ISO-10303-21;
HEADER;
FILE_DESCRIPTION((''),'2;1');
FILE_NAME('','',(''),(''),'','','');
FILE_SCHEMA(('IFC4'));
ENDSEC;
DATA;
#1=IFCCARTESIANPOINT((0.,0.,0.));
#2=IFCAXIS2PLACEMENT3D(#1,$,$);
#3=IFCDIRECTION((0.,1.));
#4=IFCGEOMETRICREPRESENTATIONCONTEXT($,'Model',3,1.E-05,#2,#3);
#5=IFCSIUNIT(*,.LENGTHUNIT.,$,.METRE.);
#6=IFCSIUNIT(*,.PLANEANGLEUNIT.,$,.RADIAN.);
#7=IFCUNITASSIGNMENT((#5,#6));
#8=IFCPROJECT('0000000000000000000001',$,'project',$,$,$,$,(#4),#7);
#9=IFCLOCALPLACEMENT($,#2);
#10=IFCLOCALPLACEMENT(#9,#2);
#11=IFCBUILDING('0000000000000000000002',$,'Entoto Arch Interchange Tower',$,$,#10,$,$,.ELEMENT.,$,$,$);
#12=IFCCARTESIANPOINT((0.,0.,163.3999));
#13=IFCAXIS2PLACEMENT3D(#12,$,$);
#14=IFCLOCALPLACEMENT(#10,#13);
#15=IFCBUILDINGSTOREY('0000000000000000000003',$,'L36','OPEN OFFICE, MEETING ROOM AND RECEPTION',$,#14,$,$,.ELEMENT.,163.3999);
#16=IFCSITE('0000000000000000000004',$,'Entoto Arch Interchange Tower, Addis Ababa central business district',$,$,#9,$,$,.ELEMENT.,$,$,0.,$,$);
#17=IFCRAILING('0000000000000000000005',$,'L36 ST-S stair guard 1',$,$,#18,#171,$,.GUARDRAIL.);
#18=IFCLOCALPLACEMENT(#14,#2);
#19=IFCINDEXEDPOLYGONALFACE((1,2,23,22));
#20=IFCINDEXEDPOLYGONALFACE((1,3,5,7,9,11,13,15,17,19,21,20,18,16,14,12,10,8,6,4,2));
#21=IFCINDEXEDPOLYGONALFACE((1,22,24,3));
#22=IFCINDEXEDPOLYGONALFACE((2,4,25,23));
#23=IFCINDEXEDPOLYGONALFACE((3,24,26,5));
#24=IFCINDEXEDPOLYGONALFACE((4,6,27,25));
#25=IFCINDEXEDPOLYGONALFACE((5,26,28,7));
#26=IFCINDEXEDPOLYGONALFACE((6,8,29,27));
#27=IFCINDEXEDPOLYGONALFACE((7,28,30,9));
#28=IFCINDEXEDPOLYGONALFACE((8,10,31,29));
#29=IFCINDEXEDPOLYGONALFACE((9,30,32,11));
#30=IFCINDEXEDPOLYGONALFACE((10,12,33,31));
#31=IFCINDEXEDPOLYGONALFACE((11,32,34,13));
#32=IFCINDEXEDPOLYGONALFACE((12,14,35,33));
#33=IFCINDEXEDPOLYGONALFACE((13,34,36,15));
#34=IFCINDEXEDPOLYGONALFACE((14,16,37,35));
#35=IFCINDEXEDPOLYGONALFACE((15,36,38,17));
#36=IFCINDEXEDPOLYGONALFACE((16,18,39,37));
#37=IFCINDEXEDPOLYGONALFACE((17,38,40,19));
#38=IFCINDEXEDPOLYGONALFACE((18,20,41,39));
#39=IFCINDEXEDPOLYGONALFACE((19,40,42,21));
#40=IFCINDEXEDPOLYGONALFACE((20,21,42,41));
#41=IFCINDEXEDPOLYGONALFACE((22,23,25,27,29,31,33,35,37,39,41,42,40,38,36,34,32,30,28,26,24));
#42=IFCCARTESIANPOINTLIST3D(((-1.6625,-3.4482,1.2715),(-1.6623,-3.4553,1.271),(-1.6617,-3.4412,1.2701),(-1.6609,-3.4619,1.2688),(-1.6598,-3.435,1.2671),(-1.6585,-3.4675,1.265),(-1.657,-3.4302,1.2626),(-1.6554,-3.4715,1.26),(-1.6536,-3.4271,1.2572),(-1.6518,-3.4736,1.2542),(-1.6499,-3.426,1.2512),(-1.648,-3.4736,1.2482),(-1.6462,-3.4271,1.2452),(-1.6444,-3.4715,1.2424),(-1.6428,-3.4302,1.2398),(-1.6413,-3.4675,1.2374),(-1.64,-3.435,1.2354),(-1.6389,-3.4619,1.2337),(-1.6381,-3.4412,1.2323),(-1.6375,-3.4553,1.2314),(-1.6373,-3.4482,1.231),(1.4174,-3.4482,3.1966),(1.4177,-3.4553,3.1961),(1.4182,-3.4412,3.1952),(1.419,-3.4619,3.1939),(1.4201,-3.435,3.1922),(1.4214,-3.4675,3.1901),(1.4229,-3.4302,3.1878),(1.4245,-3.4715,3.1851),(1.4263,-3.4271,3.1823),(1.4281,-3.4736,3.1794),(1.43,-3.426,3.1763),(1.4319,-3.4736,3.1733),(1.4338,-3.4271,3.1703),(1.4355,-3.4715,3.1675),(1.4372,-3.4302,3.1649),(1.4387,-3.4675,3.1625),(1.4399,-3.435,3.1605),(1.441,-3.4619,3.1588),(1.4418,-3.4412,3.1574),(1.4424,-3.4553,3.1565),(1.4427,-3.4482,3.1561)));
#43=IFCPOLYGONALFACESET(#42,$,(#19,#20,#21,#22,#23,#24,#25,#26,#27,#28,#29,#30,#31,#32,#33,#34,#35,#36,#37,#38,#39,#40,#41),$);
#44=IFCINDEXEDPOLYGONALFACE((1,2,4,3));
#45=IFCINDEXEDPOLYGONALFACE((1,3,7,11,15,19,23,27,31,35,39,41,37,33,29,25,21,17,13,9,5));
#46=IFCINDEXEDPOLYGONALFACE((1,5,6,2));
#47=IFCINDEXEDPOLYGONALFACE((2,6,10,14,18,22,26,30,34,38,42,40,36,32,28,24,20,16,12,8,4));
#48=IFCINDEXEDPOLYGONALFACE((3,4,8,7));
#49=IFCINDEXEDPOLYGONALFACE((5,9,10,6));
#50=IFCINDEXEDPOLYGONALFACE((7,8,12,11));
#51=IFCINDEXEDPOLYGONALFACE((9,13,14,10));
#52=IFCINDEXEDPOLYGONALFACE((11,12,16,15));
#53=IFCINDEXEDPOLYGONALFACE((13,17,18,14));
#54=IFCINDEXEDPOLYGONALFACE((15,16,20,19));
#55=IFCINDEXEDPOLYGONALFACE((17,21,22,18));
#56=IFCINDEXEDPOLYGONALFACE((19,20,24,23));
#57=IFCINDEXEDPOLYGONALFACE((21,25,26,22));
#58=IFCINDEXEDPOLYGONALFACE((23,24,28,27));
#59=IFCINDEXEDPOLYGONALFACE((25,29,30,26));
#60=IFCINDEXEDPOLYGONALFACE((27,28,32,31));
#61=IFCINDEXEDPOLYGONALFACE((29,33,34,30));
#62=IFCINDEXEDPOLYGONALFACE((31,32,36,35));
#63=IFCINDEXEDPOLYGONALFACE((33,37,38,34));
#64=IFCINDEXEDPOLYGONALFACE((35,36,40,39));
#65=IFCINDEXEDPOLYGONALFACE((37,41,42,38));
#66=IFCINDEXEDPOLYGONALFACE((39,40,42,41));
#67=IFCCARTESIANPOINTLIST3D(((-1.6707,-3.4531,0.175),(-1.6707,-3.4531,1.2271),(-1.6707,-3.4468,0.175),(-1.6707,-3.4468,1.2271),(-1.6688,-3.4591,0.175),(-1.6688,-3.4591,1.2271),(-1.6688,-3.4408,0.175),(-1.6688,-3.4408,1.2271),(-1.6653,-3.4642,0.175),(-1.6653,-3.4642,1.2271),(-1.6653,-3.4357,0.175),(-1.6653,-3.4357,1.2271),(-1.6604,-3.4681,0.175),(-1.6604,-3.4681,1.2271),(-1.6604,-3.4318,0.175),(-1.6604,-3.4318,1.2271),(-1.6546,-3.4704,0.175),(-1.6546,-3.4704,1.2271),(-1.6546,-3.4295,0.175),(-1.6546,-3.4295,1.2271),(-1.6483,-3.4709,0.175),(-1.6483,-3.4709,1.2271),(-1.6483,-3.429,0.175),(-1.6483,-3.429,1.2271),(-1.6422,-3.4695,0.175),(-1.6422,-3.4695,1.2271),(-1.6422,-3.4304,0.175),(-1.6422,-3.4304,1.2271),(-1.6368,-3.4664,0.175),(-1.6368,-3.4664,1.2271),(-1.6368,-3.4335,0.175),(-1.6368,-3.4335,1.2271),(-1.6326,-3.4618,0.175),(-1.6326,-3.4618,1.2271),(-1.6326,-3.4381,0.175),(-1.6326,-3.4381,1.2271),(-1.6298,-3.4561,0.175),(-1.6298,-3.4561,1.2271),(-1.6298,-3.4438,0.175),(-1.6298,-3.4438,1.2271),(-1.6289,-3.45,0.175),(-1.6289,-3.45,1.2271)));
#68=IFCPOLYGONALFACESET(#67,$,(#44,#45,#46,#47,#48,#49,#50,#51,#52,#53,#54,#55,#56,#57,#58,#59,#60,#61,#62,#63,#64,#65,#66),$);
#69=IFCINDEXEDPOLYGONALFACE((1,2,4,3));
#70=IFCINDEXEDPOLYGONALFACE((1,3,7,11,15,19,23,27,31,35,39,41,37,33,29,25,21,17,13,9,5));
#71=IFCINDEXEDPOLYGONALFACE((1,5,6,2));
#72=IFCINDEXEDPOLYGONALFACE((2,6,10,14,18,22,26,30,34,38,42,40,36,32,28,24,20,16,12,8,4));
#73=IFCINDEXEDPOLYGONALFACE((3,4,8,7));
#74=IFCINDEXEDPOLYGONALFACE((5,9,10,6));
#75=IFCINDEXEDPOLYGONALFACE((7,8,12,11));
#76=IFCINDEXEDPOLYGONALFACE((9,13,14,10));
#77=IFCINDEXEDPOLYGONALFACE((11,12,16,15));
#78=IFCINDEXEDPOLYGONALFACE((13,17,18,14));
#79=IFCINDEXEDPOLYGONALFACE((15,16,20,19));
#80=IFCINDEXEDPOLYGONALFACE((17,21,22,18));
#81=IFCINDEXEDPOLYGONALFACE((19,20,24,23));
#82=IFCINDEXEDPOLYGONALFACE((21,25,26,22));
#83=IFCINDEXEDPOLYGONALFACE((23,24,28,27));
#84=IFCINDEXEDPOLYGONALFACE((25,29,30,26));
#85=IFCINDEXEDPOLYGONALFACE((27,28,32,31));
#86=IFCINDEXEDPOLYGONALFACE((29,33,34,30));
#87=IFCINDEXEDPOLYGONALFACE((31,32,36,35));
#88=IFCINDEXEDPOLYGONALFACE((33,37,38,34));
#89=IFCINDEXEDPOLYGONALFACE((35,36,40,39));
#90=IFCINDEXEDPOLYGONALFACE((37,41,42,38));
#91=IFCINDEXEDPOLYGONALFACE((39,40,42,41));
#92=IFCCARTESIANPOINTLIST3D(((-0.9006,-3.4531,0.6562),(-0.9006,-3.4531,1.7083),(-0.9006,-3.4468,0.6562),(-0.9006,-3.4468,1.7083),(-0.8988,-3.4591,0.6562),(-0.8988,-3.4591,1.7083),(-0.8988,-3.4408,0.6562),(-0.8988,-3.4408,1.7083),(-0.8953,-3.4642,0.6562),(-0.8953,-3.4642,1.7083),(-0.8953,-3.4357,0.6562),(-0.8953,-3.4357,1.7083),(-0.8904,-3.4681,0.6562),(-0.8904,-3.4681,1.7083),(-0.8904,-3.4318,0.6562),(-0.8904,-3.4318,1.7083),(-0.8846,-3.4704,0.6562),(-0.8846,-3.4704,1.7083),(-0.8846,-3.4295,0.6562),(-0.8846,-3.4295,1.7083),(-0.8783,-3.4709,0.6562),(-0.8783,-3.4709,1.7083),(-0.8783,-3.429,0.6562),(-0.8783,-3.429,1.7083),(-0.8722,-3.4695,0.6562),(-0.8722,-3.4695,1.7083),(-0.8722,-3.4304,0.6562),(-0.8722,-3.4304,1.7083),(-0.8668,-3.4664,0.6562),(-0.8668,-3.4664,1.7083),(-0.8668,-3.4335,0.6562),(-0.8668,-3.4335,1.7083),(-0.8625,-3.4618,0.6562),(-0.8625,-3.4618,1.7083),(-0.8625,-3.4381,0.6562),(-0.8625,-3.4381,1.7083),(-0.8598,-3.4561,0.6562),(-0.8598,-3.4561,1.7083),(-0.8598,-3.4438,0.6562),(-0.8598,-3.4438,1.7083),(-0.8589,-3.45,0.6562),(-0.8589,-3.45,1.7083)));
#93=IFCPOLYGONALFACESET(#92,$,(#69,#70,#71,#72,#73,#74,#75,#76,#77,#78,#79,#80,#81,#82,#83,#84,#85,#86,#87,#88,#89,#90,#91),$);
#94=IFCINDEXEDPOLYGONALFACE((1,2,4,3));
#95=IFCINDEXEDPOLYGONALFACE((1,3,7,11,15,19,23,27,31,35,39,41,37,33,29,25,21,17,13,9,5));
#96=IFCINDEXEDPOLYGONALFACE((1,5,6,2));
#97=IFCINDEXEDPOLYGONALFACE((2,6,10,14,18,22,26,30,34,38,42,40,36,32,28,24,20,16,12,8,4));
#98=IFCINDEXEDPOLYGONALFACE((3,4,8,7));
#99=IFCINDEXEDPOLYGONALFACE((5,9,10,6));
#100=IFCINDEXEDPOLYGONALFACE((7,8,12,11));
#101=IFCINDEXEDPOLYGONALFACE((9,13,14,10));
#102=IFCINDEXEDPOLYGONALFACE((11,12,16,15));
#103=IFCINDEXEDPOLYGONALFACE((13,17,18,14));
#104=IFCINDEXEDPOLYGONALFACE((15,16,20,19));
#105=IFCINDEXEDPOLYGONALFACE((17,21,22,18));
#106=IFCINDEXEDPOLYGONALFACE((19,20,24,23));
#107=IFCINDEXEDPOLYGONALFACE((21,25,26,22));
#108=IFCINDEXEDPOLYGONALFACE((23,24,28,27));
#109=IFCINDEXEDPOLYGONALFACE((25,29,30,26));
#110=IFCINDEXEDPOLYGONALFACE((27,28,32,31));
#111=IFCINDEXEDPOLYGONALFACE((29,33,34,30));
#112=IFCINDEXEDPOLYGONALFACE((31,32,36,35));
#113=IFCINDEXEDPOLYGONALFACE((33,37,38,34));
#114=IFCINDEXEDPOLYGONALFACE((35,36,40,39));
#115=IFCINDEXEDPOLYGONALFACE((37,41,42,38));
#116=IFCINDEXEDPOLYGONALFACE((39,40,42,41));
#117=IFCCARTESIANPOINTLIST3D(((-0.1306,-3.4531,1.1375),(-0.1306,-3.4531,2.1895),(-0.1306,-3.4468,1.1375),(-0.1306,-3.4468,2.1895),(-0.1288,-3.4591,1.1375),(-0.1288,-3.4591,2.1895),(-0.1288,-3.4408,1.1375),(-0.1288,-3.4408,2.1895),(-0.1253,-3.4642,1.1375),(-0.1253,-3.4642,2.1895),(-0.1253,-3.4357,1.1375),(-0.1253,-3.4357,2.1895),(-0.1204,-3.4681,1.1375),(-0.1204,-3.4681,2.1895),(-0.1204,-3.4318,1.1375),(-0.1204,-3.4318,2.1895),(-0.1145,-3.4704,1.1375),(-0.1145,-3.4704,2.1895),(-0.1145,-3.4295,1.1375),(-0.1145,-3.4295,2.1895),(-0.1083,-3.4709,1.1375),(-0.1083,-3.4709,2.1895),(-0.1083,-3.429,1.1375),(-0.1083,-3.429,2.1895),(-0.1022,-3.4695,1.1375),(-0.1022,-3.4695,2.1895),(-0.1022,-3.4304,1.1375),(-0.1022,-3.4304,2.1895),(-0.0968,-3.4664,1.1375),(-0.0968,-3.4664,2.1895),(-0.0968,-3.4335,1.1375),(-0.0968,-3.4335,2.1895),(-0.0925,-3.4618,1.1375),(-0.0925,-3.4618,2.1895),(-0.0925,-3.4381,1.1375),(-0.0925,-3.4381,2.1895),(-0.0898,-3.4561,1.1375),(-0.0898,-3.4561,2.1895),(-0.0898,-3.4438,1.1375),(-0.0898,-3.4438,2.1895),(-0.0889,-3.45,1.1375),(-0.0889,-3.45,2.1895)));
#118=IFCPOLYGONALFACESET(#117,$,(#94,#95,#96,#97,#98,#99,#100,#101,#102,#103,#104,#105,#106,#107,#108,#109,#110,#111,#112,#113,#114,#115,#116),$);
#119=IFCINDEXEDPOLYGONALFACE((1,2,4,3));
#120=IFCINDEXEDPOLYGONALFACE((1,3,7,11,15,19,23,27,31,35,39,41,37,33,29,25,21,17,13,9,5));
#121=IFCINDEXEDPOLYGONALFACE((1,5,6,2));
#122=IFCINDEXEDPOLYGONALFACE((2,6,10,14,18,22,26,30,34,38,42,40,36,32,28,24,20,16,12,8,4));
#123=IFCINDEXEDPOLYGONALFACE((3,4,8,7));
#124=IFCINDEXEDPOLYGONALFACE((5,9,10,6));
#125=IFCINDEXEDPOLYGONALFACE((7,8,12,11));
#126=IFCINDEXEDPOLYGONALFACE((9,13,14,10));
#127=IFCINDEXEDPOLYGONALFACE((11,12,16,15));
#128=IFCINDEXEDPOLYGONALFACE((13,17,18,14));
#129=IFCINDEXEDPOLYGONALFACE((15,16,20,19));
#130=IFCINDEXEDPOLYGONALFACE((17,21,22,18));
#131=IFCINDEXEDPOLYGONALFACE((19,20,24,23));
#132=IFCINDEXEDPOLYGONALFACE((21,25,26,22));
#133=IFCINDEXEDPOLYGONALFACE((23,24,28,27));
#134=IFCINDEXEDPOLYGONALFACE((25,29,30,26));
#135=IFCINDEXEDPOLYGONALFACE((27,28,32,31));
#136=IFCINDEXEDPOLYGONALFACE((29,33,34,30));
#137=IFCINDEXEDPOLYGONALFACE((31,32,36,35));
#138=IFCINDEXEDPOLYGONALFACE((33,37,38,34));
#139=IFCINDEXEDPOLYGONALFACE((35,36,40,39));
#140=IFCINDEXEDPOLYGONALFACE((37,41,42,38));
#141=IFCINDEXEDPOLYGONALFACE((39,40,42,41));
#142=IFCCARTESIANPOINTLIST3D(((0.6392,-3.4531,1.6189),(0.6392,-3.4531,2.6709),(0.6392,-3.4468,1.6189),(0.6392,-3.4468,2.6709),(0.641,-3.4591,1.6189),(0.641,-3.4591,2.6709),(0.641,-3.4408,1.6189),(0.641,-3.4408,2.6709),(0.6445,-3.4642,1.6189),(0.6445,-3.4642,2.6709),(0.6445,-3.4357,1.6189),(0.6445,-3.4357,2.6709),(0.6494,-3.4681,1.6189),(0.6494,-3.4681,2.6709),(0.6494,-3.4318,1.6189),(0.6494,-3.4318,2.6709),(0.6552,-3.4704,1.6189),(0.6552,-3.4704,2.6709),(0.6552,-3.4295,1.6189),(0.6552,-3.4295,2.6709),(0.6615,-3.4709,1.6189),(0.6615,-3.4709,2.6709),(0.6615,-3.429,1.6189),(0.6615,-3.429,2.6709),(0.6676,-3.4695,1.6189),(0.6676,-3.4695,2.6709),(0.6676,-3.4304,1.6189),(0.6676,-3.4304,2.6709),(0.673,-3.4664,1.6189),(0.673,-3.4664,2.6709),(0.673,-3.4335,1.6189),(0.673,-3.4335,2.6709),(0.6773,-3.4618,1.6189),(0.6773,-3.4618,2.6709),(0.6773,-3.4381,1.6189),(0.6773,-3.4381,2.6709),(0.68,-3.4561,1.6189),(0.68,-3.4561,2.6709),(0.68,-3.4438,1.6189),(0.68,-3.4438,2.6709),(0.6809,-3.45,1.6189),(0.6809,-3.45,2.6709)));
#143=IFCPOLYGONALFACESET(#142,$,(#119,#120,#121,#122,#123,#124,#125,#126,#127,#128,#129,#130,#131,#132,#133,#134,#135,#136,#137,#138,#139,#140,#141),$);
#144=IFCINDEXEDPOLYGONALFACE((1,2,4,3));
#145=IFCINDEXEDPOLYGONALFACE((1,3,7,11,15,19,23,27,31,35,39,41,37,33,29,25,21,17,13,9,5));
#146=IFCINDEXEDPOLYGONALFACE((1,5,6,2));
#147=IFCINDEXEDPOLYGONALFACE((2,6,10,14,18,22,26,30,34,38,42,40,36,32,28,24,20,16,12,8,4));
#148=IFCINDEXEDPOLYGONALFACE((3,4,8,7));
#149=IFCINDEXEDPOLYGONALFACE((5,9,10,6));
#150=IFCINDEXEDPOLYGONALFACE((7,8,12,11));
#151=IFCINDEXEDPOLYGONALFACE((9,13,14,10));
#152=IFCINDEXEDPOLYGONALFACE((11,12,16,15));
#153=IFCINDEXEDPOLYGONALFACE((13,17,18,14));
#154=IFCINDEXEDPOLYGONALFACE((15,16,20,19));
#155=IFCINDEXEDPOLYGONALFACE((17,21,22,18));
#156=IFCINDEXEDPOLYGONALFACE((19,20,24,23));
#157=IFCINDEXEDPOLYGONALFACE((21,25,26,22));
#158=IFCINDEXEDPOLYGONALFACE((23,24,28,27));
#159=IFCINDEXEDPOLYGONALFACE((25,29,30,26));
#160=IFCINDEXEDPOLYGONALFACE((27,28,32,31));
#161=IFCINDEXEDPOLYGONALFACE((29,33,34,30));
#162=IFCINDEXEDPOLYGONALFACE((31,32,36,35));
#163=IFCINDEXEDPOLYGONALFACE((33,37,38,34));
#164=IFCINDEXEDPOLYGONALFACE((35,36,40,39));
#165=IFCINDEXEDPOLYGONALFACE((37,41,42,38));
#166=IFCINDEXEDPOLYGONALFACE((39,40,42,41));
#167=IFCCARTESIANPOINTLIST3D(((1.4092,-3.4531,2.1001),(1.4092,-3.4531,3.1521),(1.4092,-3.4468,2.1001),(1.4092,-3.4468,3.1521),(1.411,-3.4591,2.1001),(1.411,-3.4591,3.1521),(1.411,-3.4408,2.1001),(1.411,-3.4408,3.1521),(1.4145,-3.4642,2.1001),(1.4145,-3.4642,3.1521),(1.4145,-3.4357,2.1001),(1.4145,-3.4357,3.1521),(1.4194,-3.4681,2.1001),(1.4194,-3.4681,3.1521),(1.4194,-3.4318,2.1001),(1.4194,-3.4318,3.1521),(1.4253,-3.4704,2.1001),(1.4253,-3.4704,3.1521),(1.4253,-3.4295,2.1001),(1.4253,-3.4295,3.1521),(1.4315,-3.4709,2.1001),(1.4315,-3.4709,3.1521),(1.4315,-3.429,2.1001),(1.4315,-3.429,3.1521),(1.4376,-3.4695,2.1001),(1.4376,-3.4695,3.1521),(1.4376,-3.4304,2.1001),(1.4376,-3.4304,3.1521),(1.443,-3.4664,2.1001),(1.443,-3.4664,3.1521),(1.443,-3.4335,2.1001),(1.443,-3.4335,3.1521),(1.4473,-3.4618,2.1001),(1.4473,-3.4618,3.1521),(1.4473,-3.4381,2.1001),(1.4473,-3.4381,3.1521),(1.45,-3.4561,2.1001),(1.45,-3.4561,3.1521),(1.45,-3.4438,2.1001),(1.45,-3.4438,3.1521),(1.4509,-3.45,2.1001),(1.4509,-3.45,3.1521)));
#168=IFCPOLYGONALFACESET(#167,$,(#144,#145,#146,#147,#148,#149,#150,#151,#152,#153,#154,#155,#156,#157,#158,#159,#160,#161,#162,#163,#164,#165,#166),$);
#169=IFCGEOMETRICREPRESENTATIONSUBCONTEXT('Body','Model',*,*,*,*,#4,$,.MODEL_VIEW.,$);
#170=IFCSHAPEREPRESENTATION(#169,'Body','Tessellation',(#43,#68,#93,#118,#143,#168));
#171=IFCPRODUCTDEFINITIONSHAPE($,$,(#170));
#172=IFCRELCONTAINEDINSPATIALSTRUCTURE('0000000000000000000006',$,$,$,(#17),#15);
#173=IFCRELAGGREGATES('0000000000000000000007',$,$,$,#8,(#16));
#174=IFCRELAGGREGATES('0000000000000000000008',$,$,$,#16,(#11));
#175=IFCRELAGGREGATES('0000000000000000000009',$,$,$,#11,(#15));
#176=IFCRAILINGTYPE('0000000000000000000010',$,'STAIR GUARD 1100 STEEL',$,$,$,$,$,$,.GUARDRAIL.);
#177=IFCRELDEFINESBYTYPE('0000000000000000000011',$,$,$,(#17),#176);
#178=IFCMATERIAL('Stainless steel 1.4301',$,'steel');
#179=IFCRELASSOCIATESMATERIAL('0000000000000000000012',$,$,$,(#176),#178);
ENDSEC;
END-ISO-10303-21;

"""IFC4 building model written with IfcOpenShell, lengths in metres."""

from ifc_helpers import new_model, si_unit, direction, frame, origin, origin_2d, place, context, subcontext, project, spatial, circle, extrude, material, type_object, element, save


model = new_model("IFC4")

# Units and contexts
model_context = context("Model", 3, precision=1e-05, world=origin(), true_north=direction((0.0, 1.0)))
body_context = subcontext(model_context, "Body", "Model", "MODEL_VIEW")
ifc_project = project(units=[si_unit("LENGTHUNIT", "METRE"), si_unit("PLANEANGLEUNIT", "RADIAN")], contexts=[model_context])

# Site, building, storey
site_placement = place(None, origin())
site = spatial("IfcSite", under=ifc_project, at=site_placement, Name="Entoto Arch Interchange Tower, Addis Ababa central business district", CompositionType="ELEMENT", RefElevation=0.0)
building_placement = place(site_placement, origin())
building = spatial("IfcBuilding", under=site, at=building_placement, Name="Entoto Arch Interchange Tower", CompositionType="ELEMENT")
storey_placement = place(building_placement, frame((0.0, 0.0, 163.3999)))
storey = spatial("IfcBuildingStorey", under=building, at=storey_placement, Name="L36", Description="OPEN OFFICE, MEETING ROOM AND RECEPTION", CompositionType="ELEMENT", Elevation=163.3999)

# Railing
ifc_material_1 = material(Name="Stainless steel 1.4301", Category="steel")
railing_type_1 = type_object("IfcRailingType", Name="STAIR GUARD 1100 STEEL", PredefinedType="GUARDRAIL", material=ifc_material_1)
railing_1_placement = place(storey_placement, frame((-1.6499, -3.45, 0.175)))
element("IfcRailing", 1, at=railing_1_placement, inside=storey, type_object=railing_type_1, Name="L36 ST-S stair guard 1", PredefinedType="GUARDRAIL", context=body_context, shape_type="SweptSolid", body=[
    extrude(circle(Radius=0.0239, at=origin_2d()), frame((0.0, 0.0, 1.0762), z_axis=(0.847979, 0.0, 0.530029), x_axis=(0.0, 1.0, 0.0)), (0.0, 0.0, 1.0), 3.6321),
    extrude(circle(Radius=0.021, at=origin_2d()), origin(), (0.0, 0.0, 1.0), 1.052),
    extrude(circle(Radius=0.021, at=origin_2d()), frame((0.77, 0.0, 0.4812)), (0.0, 0.0, 1.0), 1.052),
    extrude(circle(Radius=0.021, at=origin_2d()), frame((1.54, 0.0, 0.9624)), (0.0, 0.0, 1.0), 1.052),
    extrude(circle(Radius=0.021, at=origin_2d()), frame((2.3098, 0.0, 1.4438)), (0.0, 0.0, 1.0), 1.052),
    extrude(circle(Radius=0.021, at=origin_2d()), frame((3.0798, 0.0, 1.925)), (0.0, 0.0, 1.0), 1.052),
])

save(model, "model.ifc")
